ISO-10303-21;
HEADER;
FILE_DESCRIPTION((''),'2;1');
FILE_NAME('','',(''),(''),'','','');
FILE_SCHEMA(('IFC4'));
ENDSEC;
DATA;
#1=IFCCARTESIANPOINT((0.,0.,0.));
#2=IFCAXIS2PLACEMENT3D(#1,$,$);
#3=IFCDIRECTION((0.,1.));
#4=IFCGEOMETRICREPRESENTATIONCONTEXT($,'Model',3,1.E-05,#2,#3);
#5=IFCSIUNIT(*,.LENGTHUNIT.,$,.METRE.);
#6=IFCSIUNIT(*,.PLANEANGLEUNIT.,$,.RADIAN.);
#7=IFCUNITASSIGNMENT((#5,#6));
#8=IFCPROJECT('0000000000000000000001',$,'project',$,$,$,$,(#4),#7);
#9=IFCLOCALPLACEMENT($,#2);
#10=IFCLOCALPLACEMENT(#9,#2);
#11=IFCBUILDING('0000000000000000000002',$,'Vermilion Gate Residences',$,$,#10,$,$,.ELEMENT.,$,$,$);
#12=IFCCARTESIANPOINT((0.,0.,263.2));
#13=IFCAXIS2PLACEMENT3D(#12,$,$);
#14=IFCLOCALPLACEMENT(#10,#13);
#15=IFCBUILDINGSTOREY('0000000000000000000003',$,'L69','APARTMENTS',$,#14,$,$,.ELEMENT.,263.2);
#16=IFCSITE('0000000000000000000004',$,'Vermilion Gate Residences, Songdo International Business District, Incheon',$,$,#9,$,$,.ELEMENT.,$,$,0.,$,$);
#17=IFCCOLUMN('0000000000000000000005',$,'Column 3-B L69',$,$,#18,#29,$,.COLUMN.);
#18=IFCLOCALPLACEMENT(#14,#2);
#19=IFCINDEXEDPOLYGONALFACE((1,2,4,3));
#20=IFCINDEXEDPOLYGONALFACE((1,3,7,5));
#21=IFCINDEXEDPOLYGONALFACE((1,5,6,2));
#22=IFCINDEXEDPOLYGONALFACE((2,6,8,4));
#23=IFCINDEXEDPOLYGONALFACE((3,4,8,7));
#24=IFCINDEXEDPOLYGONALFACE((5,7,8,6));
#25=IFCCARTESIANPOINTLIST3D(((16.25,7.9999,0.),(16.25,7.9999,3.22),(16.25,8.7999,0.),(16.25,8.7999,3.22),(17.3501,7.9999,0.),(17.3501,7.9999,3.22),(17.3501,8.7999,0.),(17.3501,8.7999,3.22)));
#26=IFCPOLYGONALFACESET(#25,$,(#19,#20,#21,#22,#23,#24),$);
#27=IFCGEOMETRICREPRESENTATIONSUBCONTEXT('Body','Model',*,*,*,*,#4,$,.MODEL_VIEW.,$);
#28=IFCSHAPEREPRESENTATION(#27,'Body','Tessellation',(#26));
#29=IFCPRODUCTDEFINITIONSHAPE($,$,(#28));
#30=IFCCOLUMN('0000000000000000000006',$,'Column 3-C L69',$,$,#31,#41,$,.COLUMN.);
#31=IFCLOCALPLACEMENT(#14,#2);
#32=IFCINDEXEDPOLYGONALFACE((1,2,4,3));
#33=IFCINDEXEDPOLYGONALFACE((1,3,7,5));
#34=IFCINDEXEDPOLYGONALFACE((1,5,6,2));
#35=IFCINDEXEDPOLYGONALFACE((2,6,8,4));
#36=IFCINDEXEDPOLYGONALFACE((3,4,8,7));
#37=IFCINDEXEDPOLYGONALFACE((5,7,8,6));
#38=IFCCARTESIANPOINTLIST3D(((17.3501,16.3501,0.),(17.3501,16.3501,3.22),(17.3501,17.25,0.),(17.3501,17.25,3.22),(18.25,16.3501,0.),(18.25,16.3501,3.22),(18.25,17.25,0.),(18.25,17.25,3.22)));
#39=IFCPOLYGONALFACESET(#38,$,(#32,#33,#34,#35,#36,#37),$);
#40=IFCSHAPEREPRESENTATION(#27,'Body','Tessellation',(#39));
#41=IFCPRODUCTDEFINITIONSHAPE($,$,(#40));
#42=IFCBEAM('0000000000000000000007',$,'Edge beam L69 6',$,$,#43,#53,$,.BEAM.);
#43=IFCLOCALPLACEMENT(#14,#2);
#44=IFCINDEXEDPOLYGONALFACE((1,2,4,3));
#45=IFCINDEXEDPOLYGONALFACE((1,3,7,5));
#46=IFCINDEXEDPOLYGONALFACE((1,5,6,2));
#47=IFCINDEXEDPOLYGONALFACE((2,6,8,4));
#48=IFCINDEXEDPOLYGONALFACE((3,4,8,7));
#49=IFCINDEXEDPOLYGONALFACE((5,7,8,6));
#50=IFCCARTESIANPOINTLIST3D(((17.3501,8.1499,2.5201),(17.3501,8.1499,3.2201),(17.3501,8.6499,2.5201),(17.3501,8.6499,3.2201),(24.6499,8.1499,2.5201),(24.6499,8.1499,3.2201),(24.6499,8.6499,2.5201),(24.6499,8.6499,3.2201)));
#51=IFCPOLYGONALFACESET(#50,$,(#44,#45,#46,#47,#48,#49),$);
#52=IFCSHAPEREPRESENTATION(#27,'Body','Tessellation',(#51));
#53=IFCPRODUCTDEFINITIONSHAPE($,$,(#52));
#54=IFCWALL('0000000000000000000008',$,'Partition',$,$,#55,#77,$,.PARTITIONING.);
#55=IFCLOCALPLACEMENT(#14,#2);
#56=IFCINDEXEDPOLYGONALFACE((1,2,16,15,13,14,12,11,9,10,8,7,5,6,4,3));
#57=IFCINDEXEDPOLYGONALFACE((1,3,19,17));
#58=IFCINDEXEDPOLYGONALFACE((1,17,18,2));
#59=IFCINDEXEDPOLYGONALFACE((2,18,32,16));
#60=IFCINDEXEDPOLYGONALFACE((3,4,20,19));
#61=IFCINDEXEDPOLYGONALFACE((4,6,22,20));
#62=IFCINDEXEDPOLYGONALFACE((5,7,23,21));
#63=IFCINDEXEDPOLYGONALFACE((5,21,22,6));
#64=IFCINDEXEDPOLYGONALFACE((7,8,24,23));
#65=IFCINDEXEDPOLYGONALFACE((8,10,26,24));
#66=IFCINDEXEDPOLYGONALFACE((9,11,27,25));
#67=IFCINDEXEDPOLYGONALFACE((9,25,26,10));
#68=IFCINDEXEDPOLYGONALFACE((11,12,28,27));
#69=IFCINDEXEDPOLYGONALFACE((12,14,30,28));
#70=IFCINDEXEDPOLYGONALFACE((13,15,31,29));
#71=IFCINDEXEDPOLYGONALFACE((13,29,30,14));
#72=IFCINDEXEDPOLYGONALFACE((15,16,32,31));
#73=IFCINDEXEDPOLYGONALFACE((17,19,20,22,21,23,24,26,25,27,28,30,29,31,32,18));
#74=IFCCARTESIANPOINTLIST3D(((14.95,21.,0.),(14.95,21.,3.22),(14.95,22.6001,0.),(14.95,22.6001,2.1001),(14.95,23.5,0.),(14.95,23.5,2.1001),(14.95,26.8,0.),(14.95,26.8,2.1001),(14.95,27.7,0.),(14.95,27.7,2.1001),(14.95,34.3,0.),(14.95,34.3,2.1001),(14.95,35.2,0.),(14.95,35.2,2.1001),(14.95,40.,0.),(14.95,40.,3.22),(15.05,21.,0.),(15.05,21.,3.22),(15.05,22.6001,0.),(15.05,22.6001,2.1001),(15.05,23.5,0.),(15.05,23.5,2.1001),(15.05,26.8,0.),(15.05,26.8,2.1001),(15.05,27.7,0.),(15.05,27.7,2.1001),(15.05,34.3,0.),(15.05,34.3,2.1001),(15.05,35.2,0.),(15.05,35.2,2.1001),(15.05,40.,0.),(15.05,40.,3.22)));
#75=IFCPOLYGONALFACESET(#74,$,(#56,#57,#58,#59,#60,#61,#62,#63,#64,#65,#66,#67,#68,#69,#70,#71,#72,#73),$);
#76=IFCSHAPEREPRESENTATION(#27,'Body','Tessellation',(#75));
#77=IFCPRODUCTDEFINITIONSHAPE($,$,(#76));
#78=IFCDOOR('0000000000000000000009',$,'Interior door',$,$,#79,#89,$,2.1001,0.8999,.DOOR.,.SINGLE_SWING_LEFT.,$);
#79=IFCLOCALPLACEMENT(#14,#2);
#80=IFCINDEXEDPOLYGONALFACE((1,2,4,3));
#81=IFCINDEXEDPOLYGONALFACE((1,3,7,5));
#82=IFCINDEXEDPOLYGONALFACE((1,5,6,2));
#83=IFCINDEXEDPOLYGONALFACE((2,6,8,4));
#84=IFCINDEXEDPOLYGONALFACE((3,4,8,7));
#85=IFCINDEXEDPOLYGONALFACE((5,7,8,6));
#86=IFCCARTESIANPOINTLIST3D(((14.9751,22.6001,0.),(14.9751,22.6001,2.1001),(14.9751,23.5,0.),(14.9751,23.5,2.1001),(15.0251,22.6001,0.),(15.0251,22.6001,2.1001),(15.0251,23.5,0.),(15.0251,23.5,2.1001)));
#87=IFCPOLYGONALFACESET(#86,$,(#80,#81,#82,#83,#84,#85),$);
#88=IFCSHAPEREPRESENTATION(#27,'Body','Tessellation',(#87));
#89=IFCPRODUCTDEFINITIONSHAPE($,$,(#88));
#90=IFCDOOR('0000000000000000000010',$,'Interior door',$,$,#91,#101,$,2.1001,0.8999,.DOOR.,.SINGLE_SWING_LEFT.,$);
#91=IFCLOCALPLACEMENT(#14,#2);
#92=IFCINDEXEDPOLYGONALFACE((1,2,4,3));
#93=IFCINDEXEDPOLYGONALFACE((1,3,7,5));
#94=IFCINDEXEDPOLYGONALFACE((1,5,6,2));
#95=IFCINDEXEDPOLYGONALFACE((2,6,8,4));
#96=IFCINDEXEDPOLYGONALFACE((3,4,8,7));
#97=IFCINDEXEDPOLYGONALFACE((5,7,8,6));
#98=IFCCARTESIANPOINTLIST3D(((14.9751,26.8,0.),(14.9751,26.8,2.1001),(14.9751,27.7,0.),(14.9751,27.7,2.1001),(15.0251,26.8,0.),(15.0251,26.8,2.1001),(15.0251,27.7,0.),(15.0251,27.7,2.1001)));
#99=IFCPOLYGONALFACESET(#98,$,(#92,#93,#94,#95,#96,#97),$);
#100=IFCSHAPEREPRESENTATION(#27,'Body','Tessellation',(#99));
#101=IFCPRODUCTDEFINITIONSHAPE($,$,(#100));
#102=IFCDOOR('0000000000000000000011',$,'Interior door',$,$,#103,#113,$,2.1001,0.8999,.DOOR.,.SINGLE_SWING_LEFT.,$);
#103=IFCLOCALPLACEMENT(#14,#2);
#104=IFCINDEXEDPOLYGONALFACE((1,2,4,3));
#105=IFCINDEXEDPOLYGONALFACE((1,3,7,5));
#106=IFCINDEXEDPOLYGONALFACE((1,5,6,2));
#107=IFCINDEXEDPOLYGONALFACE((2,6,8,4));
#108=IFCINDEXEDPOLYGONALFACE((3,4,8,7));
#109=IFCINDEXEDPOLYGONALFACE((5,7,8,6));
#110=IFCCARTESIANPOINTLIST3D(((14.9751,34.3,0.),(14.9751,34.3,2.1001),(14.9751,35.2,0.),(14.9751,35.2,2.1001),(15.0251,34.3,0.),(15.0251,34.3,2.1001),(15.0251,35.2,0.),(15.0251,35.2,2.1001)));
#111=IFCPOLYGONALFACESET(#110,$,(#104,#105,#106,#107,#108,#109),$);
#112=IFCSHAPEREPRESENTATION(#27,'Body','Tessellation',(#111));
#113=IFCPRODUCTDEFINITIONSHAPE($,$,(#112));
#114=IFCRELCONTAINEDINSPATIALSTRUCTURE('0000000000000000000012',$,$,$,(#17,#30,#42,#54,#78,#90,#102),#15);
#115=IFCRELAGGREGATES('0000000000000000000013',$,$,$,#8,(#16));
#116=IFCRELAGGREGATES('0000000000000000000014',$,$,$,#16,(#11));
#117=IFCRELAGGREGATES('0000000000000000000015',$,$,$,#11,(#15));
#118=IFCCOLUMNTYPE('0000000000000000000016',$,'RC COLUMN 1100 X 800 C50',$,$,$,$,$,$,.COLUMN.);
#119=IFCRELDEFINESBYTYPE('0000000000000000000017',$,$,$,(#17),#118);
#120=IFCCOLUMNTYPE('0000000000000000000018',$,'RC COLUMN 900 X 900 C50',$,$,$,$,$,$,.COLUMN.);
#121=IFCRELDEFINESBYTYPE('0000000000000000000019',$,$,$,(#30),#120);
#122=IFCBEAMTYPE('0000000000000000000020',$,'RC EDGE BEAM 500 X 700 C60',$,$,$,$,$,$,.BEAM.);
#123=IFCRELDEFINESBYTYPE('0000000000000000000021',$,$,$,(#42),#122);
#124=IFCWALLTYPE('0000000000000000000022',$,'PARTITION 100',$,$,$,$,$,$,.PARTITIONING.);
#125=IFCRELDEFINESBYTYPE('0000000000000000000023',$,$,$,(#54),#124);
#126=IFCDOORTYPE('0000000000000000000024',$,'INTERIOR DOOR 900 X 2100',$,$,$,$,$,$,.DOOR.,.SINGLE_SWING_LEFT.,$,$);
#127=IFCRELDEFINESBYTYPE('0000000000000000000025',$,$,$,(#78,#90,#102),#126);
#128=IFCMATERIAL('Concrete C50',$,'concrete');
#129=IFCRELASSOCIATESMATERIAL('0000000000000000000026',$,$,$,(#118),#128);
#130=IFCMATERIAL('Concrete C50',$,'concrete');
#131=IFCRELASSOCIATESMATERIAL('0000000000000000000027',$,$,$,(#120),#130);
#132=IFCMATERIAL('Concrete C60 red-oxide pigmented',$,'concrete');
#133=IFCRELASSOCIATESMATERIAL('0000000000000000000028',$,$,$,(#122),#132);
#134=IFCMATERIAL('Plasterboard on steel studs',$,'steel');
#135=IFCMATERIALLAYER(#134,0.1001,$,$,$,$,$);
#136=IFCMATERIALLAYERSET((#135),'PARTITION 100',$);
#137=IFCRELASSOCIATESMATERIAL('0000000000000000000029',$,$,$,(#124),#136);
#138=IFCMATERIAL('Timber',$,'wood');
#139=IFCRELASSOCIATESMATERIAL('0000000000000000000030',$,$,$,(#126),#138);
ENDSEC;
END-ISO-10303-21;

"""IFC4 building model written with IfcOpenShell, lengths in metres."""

from ifc_helpers import new_model, si_unit, direction, frame, frame_2d, origin, origin_2d, place, context, subcontext, project, spatial, rectangle, extrude, material, layer, layer_set, material_profile, profile_set, type_object, element, fill, save


model = new_model("IFC4")

# Units and contexts
model_context = context("Model", 3, precision=1e-05, world=origin(), true_north=direction((0.0, 1.0)))
body_context = subcontext(model_context, "Body", "Model", "MODEL_VIEW")
ifc_project = project(units=[si_unit("LENGTHUNIT", "METRE"), si_unit("PLANEANGLEUNIT", "RADIAN")], contexts=[model_context])

# Site, building, storey
site_placement = place(None, origin())
site = spatial("IfcSite", under=ifc_project, at=site_placement, Name="Vermilion Gate Residences, Songdo International Business District, Incheon", CompositionType="ELEMENT", RefElevation=0.0)
building_placement = place(site_placement, origin())
building = spatial("IfcBuilding", under=site, at=building_placement, Name="Vermilion Gate Residences", CompositionType="ELEMENT")
storey_placement = place(building_placement, frame((0.0, 0.0, 263.2)))
storey = spatial("IfcBuildingStorey", under=building, at=storey_placement, Name="L69", Description="APARTMENTS", CompositionType="ELEMENT", Elevation=263.2)

# Columns
ifc_material_1 = material(Name="Concrete C50", Category="concrete")
ifc_material_profile_1 = material_profile(ifc_material_1, rectangle(XDim=1.1001, YDim=0.8, at=origin_2d()), Name="RC-1100x800")
ifc_profile_set_1 = profile_set([ifc_material_profile_1], Name="Concrete C50")
column_type_1 = type_object("IfcColumnType", Name="RC COLUMN 1100 X 800 C50", PredefinedType="COLUMN", material=ifc_profile_set_1)
column_1_placement = place(storey_placement, frame((16.8, 8.3999, 0.0), z_axis=(0.0, 0.0, 1.0), x_axis=(1.0, 0.0, 0.0)))
element("IfcColumn", 1, at=column_1_placement, inside=storey, type_object=column_type_1, Name="Column 3-B L69", PredefinedType="COLUMN", context=body_context, shape_type="SweptSolid", body=[
    extrude(rectangle(XDim=1.1001, YDim=0.8, at=origin_2d()), origin(), (0.0, 0.0, 1.0), 3.22),
])
ifc_material_2 = material(Name="Concrete C50", Category="concrete")
ifc_material_profile_2 = material_profile(ifc_material_2, rectangle(XDim=0.8999, YDim=0.8999, at=origin_2d()), Name="RC-900x900")
ifc_profile_set_2 = profile_set([ifc_material_profile_2], Name="Concrete C50")
column_type_2 = type_object("IfcColumnType", Name="RC COLUMN 900 X 900 C50", PredefinedType="COLUMN", material=ifc_profile_set_2)
column_2_placement = place(storey_placement, frame((17.8, 16.8, 0.0), z_axis=(0.0, 0.0, 1.0), x_axis=(1.0, 0.0, 0.0)))
element("IfcColumn", 2, at=column_2_placement, inside=storey, type_object=column_type_2, Name="Column 3-C L69", PredefinedType="COLUMN", context=body_context, shape_type="SweptSolid", body=[
    extrude(rectangle(XDim=0.8999, YDim=0.8999, at=origin_2d()), origin(), (0.0, 0.0, 1.0), 3.22),
])

# Beam
ifc_material_3 = material(Name="Concrete C60 red-oxide pigmented", Category="concrete")
ifc_material_profile_3 = material_profile(ifc_material_3, rectangle(XDim=0.5, YDim=0.7, at=origin_2d()), Name="RC-500x700")
ifc_profile_set_3 = profile_set([ifc_material_profile_3], Name="Concrete C60 red-oxide pigmented")
beam_type = type_object("IfcBeamType", Name="RC EDGE BEAM 500 X 700 C60", PredefinedType="BEAM", material=ifc_profile_set_3)
beam_placement = place(storey_placement, frame((17.3501, 8.3999, 2.8701), z_axis=(1.0, 0.0, 0.0), x_axis=(0.0, 1.0, 0.0)))
element("IfcBeam", 3, at=beam_placement, inside=storey, type_object=beam_type, Name="Edge beam L69 6", PredefinedType="BEAM", context=body_context, shape_type="SweptSolid", body=[
    extrude(rectangle(XDim=0.5, YDim=0.7, at=origin_2d()), origin(), (0.0, 0.0, 1.0), 7.2998),
])

# Wall, openings, doors
ifc_material_4 = material(Name="Plasterboard on steel studs", Category="steel")
ifc_layer_1 = layer(ifc_material_4, 0.1001)
ifc_layer_set_1 = layer_set([ifc_layer_1], Name="PARTITION 100")
wall_type_1 = type_object("IfcWallType", Name="PARTITION 100", PredefinedType="PARTITIONING", material=ifc_layer_set_1)
wall_1_placement = place(storey_placement, frame((15.0, 21.0, 0.0), z_axis=(0.0, 0.0, 1.0), x_axis=(0.0, 1.0, 0.0)))
wall_1 = element("IfcWall", 4, at=wall_1_placement, inside=storey, type_object=wall_type_1, Name="Partition", PredefinedType="PARTITIONING", context=body_context, shape_type="SweptSolid", body=[
    extrude(rectangle(XDim=19.0, YDim=0.1001, at=frame_2d((9.5, 0.0))), origin(), (0.0, 0.0, 1.0), 3.22),
])
opening_1_placement = place(wall_1_placement, frame((1.6001, 0.0, 0.0)))
opening_1 = element("IfcOpeningElement", 5, at=opening_1_placement, cuts=wall_1, PredefinedType="OPENING", context=body_context, shape_type="SweptSolid", body=[
    extrude(rectangle(XDim=0.8999, YDim=2.1001, at=frame_2d((0.45, 1.05))), frame((0.0, 0.0601, 0.0), z_axis=(0.0, -1.0, 0.0), x_axis=(1.0, 0.0, 0.0)), (0.0, 0.0, 1.0), 0.1201),
])
opening_2_placement = place(wall_1_placement, frame((5.8, 0.0, 0.0)))
opening_2 = element("IfcOpeningElement", 6, at=opening_2_placement, cuts=wall_1, PredefinedType="OPENING", context=body_context, shape_type="SweptSolid", body=[
    extrude(rectangle(XDim=0.8999, YDim=2.1001, at=frame_2d((0.45, 1.05))), frame((0.0, 0.0601, 0.0), z_axis=(0.0, -1.0, 0.0), x_axis=(1.0, 0.0, 0.0)), (0.0, 0.0, 1.0), 0.1201),
])
opening_3_placement = place(wall_1_placement, frame((13.3, 0.0, 0.0)))
opening_3 = element("IfcOpeningElement", 7, at=opening_3_placement, cuts=wall_1, PredefinedType="OPENING", context=body_context, shape_type="SweptSolid", body=[
    extrude(rectangle(XDim=0.8999, YDim=2.1001, at=frame_2d((0.45, 1.05))), frame((0.0, 0.0601, 0.0), z_axis=(0.0, -1.0, 0.0), x_axis=(1.0, 0.0, 0.0)), (0.0, 0.0, 1.0), 0.1201),
])
ifc_material_5 = material(Name="Timber", Category="wood")
door_type_1 = type_object("IfcDoorType", Name="INTERIOR DOOR 900 X 2100", OperationType="SINGLE_SWING_LEFT", PredefinedType="DOOR", material=ifc_material_5)
door_1_placement = place(opening_1_placement, origin())
door_1 = element("IfcDoor", 8, at=door_1_placement, inside=storey, type_object=door_type_1, Name="Interior door", OperationType="SINGLE_SWING_LEFT", OverallHeight=2.1001, OverallWidth=0.8999, PredefinedType="DOOR", context=body_context, shape_type="SweptSolid", body=[
    extrude(rectangle(XDim=0.8999, YDim=2.1001, at=frame_2d((0.45, 1.05))), frame((0.0, 0.0249, 0.0), z_axis=(0.0, -1.0, 0.0), x_axis=(1.0, 0.0, 0.0)), (0.0, 0.0, 1.0), 0.05),
])
fill(opening_1, door_1)
door_2_placement = place(opening_2_placement, origin())
door_2 = element("IfcDoor", 9, at=door_2_placement, inside=storey, type_object=door_type_1, Name="Interior door", OperationType="SINGLE_SWING_LEFT", OverallHeight=2.1001, OverallWidth=0.8999, PredefinedType="DOOR", context=body_context, shape_type="SweptSolid", body=[
    extrude(rectangle(XDim=0.8999, YDim=2.1001, at=frame_2d((0.45, 1.05))), frame((0.0, 0.0249, 0.0), z_axis=(0.0, -1.0, 0.0), x_axis=(1.0, 0.0, 0.0)), (0.0, 0.0, 1.0), 0.05),
])
fill(opening_2, door_2)
door_3_placement = place(opening_3_placement, origin())
door_3 = element("IfcDoor", 10, at=door_3_placement, inside=storey, type_object=door_type_1, Name="Interior door", OperationType="SINGLE_SWING_LEFT", OverallHeight=2.1001, OverallWidth=0.8999, PredefinedType="DOOR", context=body_context, shape_type="SweptSolid", body=[
    extrude(rectangle(XDim=0.8999, YDim=2.1001, at=frame_2d((0.45, 1.05))), frame((0.0, 0.0249, 0.0), z_axis=(0.0, -1.0, 0.0), x_axis=(1.0, 0.0, 0.0)), (0.0, 0.0, 1.0), 0.05),
])
fill(opening_3, door_3)

save(model, "model.ifc")
